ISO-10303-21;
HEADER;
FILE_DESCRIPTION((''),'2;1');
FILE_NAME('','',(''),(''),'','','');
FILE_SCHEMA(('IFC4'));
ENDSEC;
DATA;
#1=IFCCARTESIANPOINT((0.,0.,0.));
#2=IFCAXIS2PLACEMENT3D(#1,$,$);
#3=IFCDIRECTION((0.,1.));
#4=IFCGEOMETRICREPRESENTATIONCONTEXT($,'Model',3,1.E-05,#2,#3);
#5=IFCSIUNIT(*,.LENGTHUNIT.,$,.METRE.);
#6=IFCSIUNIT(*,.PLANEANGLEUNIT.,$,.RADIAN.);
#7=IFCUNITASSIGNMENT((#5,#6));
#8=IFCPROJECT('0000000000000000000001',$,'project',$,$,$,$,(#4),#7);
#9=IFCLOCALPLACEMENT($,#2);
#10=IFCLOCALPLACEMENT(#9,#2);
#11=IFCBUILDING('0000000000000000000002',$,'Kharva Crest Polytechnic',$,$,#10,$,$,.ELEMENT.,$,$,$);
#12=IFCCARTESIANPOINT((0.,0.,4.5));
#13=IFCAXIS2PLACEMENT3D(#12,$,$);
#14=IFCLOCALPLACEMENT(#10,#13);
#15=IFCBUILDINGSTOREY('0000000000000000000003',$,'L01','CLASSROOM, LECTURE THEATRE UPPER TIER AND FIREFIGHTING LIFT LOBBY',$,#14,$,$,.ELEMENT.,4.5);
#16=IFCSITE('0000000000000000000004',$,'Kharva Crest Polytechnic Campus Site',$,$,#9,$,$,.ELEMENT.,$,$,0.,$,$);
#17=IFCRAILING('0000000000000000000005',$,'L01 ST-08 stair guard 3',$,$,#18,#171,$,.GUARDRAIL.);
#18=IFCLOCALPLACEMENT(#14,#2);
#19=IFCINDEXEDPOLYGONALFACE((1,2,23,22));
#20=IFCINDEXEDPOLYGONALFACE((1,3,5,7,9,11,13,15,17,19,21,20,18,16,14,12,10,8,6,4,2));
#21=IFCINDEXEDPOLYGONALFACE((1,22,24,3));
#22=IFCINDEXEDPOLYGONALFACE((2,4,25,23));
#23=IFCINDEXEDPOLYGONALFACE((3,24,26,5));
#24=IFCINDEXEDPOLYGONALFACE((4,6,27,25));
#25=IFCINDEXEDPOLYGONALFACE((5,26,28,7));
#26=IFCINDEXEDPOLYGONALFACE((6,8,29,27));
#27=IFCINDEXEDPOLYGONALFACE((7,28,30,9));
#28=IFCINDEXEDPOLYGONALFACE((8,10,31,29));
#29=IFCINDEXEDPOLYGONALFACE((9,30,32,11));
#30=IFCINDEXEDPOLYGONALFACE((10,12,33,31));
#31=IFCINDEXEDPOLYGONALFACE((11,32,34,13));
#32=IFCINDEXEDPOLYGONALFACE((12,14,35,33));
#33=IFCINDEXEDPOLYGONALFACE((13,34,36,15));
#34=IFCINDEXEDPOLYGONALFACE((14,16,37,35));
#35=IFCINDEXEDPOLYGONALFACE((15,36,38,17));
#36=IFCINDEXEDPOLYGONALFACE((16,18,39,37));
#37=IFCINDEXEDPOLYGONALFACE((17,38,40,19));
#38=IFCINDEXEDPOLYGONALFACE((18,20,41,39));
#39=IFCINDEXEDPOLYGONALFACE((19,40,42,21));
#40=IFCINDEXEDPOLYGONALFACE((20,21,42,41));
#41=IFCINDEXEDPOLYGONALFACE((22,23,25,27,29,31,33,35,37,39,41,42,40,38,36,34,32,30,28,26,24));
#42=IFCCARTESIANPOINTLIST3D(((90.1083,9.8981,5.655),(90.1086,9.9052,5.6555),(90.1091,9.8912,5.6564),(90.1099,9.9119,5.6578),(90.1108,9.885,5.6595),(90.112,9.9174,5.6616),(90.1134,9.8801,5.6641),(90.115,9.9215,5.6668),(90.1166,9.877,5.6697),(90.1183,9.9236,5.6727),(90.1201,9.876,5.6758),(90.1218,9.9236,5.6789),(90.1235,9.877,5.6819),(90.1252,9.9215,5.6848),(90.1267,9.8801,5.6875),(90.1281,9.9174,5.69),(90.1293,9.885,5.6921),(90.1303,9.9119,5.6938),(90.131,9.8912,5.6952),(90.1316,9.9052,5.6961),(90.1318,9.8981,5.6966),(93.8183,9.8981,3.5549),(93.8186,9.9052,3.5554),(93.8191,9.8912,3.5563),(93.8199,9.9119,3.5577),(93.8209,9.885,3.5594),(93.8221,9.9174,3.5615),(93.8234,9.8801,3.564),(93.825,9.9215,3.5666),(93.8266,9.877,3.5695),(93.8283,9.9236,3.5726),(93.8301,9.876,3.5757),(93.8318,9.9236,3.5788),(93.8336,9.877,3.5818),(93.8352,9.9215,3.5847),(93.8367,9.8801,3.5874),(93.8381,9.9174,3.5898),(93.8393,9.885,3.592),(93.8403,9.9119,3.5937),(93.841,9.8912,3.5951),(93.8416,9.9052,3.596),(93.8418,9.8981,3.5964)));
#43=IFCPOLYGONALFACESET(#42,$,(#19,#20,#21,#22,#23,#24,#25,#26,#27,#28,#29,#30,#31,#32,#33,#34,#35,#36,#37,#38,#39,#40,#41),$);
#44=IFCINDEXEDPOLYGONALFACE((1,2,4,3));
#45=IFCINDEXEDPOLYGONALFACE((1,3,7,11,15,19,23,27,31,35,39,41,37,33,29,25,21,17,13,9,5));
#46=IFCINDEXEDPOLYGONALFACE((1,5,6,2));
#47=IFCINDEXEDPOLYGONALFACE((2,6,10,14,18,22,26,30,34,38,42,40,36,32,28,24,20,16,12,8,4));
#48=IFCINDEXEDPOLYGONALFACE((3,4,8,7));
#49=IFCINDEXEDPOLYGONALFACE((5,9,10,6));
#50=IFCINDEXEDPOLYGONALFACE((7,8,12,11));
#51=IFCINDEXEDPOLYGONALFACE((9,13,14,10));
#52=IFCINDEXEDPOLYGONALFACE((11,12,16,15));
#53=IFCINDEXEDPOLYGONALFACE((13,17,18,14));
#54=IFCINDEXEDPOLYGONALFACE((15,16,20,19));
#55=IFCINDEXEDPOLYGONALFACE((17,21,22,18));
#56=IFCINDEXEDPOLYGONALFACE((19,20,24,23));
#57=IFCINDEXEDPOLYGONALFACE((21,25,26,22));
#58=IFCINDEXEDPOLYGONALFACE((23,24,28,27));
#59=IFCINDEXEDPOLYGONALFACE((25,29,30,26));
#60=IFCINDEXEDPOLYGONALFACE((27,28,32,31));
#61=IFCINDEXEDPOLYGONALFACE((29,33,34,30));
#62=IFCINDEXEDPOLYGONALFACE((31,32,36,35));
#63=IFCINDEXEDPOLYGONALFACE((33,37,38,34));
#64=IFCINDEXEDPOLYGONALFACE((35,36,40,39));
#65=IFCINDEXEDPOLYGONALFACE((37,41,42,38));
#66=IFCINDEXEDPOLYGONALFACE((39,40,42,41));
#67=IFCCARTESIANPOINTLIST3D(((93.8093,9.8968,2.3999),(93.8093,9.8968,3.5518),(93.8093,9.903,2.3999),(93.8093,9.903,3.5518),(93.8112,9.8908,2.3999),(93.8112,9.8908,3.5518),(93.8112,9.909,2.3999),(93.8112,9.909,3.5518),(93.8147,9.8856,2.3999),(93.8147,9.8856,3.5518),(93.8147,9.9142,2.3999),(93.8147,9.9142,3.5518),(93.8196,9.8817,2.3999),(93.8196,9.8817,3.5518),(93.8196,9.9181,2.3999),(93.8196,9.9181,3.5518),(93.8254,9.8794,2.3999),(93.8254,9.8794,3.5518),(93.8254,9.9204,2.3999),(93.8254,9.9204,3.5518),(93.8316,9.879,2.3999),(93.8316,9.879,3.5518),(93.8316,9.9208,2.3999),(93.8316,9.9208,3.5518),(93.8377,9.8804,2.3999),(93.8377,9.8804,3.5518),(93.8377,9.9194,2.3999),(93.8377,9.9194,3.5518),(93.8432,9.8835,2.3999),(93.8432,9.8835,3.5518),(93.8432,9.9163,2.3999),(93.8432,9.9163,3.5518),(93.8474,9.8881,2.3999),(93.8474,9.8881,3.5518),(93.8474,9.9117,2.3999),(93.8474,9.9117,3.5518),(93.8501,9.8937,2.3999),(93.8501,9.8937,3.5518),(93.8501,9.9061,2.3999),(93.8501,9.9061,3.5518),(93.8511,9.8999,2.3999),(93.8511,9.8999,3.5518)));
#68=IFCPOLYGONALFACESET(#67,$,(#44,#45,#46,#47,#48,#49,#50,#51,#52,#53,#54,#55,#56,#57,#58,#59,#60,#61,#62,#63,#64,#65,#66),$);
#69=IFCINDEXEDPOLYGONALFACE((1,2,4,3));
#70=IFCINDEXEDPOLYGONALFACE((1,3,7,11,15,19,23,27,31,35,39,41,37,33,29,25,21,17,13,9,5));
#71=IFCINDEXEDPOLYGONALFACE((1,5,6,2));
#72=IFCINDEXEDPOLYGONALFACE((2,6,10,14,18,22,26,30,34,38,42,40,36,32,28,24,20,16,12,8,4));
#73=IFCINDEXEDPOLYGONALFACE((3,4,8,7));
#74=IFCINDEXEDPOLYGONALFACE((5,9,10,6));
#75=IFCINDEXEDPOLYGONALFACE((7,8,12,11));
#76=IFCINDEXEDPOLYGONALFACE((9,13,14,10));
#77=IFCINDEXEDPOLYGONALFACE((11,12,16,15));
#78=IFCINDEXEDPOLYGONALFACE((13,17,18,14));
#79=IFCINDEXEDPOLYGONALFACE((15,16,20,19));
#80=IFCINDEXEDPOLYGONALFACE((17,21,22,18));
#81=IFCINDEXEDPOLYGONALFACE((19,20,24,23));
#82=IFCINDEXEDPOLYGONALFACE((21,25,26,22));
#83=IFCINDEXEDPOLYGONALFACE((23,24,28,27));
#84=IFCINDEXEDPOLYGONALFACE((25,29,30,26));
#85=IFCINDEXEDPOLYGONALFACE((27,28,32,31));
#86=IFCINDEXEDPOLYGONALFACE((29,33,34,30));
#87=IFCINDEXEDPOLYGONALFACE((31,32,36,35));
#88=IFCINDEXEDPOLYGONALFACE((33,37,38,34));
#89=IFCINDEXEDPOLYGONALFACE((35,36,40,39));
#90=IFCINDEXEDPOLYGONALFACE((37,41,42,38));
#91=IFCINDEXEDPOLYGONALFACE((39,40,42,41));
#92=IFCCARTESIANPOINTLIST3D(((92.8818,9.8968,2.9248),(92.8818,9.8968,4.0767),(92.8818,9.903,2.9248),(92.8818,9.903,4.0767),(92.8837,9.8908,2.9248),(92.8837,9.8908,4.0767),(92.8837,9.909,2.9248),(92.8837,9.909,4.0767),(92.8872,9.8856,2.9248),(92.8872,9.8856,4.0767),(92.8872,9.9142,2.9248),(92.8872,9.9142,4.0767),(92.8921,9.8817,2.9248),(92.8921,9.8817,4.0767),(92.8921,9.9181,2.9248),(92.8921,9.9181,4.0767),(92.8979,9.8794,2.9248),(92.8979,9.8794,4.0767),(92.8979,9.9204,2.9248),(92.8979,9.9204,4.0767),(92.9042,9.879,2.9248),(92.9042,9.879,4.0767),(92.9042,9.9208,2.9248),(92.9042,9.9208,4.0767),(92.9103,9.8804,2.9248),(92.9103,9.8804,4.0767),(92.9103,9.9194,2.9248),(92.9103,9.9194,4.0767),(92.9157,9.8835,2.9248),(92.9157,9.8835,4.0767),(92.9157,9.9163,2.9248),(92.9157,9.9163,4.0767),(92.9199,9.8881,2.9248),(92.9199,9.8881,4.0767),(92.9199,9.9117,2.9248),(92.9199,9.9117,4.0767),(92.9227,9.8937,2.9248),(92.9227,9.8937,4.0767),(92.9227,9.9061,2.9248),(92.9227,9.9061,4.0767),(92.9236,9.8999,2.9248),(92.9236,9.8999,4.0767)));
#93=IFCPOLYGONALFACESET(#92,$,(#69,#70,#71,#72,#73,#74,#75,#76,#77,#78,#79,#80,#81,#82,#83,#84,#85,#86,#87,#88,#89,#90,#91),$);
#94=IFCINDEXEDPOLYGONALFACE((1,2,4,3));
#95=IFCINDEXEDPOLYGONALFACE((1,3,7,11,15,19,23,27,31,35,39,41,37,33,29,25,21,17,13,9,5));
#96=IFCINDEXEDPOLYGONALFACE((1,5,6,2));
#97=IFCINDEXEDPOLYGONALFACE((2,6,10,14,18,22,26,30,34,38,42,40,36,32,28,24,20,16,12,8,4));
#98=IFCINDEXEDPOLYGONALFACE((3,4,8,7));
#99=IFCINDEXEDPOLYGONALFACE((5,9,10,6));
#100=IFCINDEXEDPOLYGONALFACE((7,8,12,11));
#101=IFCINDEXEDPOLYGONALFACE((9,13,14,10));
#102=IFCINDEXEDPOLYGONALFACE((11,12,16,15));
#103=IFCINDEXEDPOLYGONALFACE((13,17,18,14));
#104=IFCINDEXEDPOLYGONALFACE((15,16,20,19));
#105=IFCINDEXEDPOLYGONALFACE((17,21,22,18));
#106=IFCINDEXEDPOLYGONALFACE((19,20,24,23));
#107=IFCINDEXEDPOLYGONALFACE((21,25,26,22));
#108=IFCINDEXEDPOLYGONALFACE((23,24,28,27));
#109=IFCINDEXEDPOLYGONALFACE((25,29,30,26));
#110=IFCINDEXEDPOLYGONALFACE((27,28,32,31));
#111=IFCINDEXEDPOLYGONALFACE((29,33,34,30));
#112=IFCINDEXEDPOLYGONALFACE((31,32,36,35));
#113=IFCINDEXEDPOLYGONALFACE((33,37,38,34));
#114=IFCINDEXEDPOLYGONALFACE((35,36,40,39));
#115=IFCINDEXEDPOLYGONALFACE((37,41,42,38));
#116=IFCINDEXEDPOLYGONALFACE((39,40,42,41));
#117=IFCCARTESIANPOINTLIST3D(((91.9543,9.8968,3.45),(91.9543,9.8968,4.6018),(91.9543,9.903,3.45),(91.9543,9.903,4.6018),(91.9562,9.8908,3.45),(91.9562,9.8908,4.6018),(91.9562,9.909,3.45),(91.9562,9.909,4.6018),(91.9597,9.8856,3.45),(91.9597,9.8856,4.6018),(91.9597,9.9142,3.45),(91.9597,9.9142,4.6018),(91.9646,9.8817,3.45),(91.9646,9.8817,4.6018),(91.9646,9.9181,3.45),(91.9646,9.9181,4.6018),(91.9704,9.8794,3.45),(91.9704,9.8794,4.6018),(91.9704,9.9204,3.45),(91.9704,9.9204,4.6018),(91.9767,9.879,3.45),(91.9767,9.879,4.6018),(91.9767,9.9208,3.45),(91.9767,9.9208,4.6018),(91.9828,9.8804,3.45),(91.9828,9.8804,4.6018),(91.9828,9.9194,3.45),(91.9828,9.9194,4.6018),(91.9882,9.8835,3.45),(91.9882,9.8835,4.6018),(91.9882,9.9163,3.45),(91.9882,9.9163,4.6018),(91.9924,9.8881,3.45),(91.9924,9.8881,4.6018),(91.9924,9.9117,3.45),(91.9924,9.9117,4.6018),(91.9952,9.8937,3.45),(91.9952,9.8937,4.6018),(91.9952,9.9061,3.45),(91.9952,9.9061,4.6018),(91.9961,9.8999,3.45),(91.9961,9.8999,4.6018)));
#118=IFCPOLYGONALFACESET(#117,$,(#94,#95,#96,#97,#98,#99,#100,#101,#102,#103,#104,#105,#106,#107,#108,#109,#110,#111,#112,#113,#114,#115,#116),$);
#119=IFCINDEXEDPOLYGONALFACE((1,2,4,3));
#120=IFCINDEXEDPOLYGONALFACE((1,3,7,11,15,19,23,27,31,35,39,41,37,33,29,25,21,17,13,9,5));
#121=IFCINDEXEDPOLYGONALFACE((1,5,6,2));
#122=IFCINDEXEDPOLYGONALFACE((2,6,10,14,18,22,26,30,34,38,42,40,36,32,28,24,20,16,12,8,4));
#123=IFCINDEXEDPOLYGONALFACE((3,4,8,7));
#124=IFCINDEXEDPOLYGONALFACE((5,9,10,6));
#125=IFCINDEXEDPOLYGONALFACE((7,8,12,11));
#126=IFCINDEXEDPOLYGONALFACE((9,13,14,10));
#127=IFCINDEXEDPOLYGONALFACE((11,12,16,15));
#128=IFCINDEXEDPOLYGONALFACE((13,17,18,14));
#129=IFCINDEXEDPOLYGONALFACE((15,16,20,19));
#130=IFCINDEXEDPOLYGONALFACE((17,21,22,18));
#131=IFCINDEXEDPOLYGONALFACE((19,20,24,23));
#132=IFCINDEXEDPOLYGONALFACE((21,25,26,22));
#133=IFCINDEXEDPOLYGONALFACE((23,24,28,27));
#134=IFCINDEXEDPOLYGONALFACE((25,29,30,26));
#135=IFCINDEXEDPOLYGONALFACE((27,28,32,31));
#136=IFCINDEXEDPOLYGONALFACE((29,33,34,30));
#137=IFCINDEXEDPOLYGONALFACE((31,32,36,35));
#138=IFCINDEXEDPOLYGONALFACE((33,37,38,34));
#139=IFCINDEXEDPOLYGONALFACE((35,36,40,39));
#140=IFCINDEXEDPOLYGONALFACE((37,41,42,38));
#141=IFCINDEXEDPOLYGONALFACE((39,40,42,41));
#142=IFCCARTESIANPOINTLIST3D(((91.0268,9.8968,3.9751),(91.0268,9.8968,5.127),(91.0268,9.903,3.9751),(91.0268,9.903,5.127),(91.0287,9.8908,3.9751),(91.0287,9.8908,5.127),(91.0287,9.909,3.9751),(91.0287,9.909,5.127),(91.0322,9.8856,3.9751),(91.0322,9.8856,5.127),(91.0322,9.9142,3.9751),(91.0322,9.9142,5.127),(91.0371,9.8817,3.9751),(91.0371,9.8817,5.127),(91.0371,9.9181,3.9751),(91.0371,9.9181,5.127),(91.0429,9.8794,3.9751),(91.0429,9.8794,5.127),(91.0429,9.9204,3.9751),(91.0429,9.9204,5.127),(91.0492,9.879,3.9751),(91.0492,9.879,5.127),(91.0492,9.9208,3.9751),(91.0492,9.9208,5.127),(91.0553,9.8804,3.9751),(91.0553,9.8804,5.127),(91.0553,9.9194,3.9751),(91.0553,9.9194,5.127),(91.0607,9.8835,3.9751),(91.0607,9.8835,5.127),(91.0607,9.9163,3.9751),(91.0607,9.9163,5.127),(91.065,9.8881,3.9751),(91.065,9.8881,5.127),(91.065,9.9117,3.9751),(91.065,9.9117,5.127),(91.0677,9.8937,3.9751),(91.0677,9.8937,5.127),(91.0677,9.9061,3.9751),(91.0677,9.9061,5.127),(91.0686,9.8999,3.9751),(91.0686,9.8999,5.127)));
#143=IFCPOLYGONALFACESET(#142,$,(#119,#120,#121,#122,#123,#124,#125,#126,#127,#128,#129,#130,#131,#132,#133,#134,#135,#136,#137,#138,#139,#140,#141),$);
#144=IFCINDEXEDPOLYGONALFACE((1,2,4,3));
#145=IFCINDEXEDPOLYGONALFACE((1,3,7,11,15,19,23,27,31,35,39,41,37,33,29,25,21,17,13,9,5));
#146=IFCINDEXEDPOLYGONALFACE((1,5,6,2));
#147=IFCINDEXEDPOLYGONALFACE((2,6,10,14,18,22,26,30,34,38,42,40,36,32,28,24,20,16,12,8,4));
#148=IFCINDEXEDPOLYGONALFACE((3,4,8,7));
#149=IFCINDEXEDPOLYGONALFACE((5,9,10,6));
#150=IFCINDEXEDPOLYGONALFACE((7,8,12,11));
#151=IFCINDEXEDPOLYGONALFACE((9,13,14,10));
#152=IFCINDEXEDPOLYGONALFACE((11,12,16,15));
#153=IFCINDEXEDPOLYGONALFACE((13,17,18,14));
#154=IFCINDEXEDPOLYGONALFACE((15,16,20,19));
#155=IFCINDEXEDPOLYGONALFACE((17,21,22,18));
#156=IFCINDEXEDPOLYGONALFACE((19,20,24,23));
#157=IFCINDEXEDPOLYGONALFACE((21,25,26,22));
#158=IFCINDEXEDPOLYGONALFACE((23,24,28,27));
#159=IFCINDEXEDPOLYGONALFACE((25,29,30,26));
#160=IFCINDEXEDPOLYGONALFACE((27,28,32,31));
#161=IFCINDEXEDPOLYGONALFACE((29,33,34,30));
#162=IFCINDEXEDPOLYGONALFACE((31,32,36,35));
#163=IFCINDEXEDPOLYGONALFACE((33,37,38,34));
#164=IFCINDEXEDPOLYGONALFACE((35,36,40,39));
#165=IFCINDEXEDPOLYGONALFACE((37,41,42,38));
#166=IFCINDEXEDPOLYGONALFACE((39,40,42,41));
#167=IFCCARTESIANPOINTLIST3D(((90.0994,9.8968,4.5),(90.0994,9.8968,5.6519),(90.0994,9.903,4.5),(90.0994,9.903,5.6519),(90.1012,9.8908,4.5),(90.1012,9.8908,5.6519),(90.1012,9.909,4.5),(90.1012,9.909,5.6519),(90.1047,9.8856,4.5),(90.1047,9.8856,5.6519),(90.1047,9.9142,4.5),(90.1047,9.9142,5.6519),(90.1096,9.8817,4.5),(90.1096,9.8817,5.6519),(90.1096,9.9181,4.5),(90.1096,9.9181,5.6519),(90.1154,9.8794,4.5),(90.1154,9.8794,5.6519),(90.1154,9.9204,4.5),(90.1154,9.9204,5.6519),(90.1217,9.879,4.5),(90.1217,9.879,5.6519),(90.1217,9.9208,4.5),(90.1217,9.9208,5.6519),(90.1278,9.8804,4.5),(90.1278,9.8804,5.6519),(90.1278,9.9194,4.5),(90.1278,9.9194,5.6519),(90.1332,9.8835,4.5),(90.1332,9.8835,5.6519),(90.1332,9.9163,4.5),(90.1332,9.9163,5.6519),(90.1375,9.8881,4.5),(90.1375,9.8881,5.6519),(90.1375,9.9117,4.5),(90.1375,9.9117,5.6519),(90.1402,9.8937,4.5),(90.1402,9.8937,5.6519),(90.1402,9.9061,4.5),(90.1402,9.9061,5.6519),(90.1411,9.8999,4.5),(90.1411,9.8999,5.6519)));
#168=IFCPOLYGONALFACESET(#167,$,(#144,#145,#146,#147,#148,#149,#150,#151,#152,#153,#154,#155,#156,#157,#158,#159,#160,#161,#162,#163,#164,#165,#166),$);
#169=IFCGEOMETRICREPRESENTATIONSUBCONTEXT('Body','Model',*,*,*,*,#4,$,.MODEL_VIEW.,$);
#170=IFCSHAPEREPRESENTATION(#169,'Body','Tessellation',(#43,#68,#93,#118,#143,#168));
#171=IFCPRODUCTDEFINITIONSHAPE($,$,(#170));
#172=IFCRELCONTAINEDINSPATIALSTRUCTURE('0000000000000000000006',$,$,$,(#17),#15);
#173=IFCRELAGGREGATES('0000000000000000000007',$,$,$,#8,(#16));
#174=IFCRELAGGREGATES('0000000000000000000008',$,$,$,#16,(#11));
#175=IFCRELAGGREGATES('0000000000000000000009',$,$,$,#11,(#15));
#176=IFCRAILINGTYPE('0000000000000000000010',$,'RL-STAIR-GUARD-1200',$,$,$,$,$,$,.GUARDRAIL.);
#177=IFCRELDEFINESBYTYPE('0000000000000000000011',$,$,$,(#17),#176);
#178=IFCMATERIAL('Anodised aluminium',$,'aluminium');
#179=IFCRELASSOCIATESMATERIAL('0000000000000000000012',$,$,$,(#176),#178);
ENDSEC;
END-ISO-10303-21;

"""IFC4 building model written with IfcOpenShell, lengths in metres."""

from ifc_helpers import new_model, si_unit, direction, frame, origin, origin_2d, place, context, subcontext, project, spatial, circle, extrude, material, type_object, element, save


model = new_model("IFC4")

# Units and contexts
model_context = context("Model", 3, precision=1e-05, world=origin(), true_north=direction((0.0, 1.0)))
body_context = subcontext(model_context, "Body", "Model", "MODEL_VIEW")
ifc_project = project(units=[si_unit("LENGTHUNIT", "METRE"), si_unit("PLANEANGLEUNIT", "RADIAN")], contexts=[model_context])

# Site, building, storey
site_placement = place(None, origin())
site = spatial("IfcSite", under=ifc_project, at=site_placement, Name="Kharva Crest Polytechnic Campus Site", CompositionType="ELEMENT", RefElevation=0.0)
building_placement = place(site_placement, origin())
building = spatial("IfcBuilding", under=site, at=building_placement, Name="Kharva Crest Polytechnic", CompositionType="ELEMENT")
storey_placement = place(building_placement, frame((0.0, 0.0, 4.5)))
storey = spatial("IfcBuildingStorey", under=building, at=storey_placement, Name="L01", Description="CLASSROOM, LECTURE THEATRE UPPER TIER AND FIREFIGHTING LIFT LOBBY", CompositionType="ELEMENT", Elevation=4.5)

# Shared definitions
ifc_material_1 = material(Name="Anodised aluminium", Category="aluminium")

# Railing
railing_type_1 = type_object("IfcRailingType", Name="RL-STAIR-GUARD-1200", PredefinedType="GUARDRAIL", material=ifc_material_1)
railing_1_placement = place(storey_placement, frame((93.8301, 9.8999, 2.3999)))
element("IfcRailing", 1, at=railing_1_placement, inside=storey, type_object=railing_type_1, Name="L01 ST-08 stair guard 3", PredefinedType="GUARDRAIL", context=body_context, shape_type="SweptSolid", body=[
    extrude(circle(Radius=0.0239, at=origin_2d()), frame((0.0, 0.0, 1.1758), z_axis=(-0.870245, 0.0, 0.492619), x_axis=(0.0, -1.0, 0.0)), (0.0, 0.0, 1.0), 4.2632),
    extrude(circle(Radius=0.021, at=origin_2d()), origin(), (0.0, 0.0, 1.0), 1.1519),
    extrude(circle(Radius=0.021, at=origin_2d()), frame((-0.9275, 0.0, 0.5249)), (0.0, 0.0, 1.0), 1.1519),
    extrude(circle(Radius=0.021, at=origin_2d()), frame((-1.855, 0.0, 1.05)), (0.0, 0.0, 1.0), 1.1519),
    extrude(circle(Radius=0.021, at=origin_2d()), frame((-2.7825, 0.0, 1.5752)), (0.0, 0.0, 1.0), 1.1519),
    extrude(circle(Radius=0.021, at=origin_2d()), frame((-3.71, 0.0, 2.1001)), (0.0, 0.0, 1.0), 1.1519),
])

save(model, "model.ifc")
